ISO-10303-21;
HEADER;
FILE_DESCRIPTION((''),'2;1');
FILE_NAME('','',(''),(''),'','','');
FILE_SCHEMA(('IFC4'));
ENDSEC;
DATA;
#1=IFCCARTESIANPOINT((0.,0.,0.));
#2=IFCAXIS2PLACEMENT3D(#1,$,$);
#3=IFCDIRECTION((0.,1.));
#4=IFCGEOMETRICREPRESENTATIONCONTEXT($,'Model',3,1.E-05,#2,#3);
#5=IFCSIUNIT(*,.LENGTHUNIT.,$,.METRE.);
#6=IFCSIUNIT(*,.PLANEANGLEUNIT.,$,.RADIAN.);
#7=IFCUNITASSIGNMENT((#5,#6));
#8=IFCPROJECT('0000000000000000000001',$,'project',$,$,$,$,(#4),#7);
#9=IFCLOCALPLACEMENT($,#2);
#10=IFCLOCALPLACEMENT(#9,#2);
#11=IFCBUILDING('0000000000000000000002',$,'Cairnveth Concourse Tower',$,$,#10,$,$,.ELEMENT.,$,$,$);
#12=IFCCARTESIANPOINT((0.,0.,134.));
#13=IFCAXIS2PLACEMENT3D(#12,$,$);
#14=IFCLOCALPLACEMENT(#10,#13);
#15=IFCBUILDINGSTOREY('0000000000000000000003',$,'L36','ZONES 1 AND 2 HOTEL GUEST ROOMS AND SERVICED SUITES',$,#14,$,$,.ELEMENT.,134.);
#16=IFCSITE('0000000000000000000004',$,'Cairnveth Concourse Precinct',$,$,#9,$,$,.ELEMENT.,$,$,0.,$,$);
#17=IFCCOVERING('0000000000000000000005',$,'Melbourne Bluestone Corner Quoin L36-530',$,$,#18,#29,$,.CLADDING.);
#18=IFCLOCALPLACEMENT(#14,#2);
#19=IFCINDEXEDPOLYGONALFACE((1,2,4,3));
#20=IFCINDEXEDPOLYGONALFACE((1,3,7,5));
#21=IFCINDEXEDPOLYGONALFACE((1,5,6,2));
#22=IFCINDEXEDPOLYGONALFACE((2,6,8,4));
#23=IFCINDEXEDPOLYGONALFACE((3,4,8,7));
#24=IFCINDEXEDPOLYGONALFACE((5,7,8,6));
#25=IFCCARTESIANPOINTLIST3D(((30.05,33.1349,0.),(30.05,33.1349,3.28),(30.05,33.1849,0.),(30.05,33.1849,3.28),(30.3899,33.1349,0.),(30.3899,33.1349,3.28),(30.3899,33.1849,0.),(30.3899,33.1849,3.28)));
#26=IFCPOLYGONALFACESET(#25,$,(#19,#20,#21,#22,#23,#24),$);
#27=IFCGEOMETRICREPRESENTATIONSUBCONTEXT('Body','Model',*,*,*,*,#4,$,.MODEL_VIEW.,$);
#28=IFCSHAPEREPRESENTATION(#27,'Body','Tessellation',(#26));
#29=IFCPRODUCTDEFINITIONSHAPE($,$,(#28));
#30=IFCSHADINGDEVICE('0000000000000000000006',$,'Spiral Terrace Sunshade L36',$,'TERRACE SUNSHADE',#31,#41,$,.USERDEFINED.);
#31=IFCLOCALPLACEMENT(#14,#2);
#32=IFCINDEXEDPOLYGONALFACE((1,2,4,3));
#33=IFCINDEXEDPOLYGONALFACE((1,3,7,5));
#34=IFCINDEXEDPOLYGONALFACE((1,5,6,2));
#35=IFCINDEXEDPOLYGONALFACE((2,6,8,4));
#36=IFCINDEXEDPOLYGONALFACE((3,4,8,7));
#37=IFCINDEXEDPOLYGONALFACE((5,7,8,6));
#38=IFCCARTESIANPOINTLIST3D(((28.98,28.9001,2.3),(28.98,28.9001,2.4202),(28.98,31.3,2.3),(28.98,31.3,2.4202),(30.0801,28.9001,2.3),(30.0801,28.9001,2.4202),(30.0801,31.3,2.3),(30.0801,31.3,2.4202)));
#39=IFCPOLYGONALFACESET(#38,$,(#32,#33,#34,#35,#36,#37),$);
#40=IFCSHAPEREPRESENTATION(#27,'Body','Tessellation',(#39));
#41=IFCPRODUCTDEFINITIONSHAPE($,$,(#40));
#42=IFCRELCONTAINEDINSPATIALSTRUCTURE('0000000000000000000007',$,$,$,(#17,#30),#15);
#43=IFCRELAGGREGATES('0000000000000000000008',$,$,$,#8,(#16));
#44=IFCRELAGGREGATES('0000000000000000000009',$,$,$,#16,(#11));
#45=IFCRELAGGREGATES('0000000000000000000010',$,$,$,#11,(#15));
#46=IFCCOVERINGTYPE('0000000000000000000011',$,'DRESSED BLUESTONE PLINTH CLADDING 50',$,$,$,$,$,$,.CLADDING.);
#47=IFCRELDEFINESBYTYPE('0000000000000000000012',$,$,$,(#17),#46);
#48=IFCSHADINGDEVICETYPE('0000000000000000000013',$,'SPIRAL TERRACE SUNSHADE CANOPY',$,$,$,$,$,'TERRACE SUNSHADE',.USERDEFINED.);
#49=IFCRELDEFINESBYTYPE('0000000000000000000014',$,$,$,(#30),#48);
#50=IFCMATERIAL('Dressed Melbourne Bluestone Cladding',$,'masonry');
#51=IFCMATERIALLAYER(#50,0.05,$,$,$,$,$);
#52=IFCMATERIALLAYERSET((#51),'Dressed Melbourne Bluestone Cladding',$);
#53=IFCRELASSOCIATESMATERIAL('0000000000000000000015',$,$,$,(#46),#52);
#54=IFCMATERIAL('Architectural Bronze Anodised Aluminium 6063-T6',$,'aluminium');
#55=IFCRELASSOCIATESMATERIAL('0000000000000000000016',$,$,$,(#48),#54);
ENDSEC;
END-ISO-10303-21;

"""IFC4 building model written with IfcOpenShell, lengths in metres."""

from ifc_helpers import new_model, si_unit, direction, frame, frame_2d, origin, origin_2d, place, context, subcontext, project, spatial, rectangle, extrude, material, layer, layer_set, type_object, element, save


model = new_model("IFC4")

# Units and contexts
model_context = context("Model", 3, precision=1e-05, world=origin(), true_north=direction((0.0, 1.0)))
body_context = subcontext(model_context, "Body", "Model", "MODEL_VIEW")
ifc_project = project(units=[si_unit("LENGTHUNIT", "METRE"), si_unit("PLANEANGLEUNIT", "RADIAN")], contexts=[model_context])

# Site, building, storey
site_placement = place(None, origin())
site = spatial("IfcSite", under=ifc_project, at=site_placement, Name="Cairnveth Concourse Precinct", CompositionType="ELEMENT", RefElevation=0.0)
building_placement = place(site_placement, origin())
building = spatial("IfcBuilding", under=site, at=building_placement, Name="Cairnveth Concourse Tower", CompositionType="ELEMENT")
storey_placement = place(building_placement, frame((0.0, 0.0, 134.0)))
storey = spatial("IfcBuildingStorey", under=building, at=storey_placement, Name="L36", Description="ZONES 1 AND 2 HOTEL GUEST ROOMS AND SERVICED SUITES", CompositionType="ELEMENT", Elevation=134.0)

# Shared definitions
ifc_material_1 = material(Name="Dressed Melbourne Bluestone Cladding", Category="masonry")

# Shared definitions
ifc_material_2 = material(Name="Architectural Bronze Anodised Aluminium 6063-T6", Category="aluminium")

# Covering
ifc_layer_1 = layer(ifc_material_1, 0.05)
ifc_layer_set_1 = layer_set([ifc_layer_1], Name="Dressed Melbourne Bluestone Cladding")
covering_type = type_object("IfcCoveringType", Name="DRESSED BLUESTONE PLINTH CLADDING 50", PredefinedType="CLADDING", material=ifc_layer_set_1)
for number, where, z_axis, x_axis, name in (
    (1, (30.3899, 33.1599, 0.0), (0.0, 0.0, 1.0), (-1.0, 0.0, 0.0), "Melbourne Bluestone Corner Quoin L36-530"),
):
    element("IfcCovering", number, at=place(storey_placement, frame(where, z_axis=z_axis, x_axis=x_axis)), inside=storey, type_object=covering_type, Name=name, PredefinedType="CLADDING", context=body_context, shape_type="SweptSolid", body=[
        extrude(rectangle(XDim=0.3398, YDim=0.05, at=frame_2d((0.1699, 0.0))), origin(), (0.0, 0.0, 1.0), 3.28),
    ])

# Shading device
shading_device_type = type_object("IfcShadingDeviceType", Name="SPIRAL TERRACE SUNSHADE CANOPY", ElementType="TERRACE SUNSHADE", PredefinedType="USERDEFINED", material=ifc_material_2)
shading_device_placement = place(storey_placement, frame((29.53, 30.1001, 2.3), z_axis=(0.0, 0.0, 1.0), x_axis=(1.0, 0.0, 0.0)))
element("IfcShadingDevice", 2, at=shading_device_placement, inside=storey, type_object=shading_device_type, Name="Spiral Terrace Sunshade L36", ObjectType="TERRACE SUNSHADE", PredefinedType="USERDEFINED", context=body_context, shape_type="SweptSolid", body=[
    extrude(rectangle(XDim=1.1001, YDim=2.3999, at=origin_2d()), origin(), (0.0, 0.0, 1.0), 0.1201),
])

save(model, "model.ifc")
